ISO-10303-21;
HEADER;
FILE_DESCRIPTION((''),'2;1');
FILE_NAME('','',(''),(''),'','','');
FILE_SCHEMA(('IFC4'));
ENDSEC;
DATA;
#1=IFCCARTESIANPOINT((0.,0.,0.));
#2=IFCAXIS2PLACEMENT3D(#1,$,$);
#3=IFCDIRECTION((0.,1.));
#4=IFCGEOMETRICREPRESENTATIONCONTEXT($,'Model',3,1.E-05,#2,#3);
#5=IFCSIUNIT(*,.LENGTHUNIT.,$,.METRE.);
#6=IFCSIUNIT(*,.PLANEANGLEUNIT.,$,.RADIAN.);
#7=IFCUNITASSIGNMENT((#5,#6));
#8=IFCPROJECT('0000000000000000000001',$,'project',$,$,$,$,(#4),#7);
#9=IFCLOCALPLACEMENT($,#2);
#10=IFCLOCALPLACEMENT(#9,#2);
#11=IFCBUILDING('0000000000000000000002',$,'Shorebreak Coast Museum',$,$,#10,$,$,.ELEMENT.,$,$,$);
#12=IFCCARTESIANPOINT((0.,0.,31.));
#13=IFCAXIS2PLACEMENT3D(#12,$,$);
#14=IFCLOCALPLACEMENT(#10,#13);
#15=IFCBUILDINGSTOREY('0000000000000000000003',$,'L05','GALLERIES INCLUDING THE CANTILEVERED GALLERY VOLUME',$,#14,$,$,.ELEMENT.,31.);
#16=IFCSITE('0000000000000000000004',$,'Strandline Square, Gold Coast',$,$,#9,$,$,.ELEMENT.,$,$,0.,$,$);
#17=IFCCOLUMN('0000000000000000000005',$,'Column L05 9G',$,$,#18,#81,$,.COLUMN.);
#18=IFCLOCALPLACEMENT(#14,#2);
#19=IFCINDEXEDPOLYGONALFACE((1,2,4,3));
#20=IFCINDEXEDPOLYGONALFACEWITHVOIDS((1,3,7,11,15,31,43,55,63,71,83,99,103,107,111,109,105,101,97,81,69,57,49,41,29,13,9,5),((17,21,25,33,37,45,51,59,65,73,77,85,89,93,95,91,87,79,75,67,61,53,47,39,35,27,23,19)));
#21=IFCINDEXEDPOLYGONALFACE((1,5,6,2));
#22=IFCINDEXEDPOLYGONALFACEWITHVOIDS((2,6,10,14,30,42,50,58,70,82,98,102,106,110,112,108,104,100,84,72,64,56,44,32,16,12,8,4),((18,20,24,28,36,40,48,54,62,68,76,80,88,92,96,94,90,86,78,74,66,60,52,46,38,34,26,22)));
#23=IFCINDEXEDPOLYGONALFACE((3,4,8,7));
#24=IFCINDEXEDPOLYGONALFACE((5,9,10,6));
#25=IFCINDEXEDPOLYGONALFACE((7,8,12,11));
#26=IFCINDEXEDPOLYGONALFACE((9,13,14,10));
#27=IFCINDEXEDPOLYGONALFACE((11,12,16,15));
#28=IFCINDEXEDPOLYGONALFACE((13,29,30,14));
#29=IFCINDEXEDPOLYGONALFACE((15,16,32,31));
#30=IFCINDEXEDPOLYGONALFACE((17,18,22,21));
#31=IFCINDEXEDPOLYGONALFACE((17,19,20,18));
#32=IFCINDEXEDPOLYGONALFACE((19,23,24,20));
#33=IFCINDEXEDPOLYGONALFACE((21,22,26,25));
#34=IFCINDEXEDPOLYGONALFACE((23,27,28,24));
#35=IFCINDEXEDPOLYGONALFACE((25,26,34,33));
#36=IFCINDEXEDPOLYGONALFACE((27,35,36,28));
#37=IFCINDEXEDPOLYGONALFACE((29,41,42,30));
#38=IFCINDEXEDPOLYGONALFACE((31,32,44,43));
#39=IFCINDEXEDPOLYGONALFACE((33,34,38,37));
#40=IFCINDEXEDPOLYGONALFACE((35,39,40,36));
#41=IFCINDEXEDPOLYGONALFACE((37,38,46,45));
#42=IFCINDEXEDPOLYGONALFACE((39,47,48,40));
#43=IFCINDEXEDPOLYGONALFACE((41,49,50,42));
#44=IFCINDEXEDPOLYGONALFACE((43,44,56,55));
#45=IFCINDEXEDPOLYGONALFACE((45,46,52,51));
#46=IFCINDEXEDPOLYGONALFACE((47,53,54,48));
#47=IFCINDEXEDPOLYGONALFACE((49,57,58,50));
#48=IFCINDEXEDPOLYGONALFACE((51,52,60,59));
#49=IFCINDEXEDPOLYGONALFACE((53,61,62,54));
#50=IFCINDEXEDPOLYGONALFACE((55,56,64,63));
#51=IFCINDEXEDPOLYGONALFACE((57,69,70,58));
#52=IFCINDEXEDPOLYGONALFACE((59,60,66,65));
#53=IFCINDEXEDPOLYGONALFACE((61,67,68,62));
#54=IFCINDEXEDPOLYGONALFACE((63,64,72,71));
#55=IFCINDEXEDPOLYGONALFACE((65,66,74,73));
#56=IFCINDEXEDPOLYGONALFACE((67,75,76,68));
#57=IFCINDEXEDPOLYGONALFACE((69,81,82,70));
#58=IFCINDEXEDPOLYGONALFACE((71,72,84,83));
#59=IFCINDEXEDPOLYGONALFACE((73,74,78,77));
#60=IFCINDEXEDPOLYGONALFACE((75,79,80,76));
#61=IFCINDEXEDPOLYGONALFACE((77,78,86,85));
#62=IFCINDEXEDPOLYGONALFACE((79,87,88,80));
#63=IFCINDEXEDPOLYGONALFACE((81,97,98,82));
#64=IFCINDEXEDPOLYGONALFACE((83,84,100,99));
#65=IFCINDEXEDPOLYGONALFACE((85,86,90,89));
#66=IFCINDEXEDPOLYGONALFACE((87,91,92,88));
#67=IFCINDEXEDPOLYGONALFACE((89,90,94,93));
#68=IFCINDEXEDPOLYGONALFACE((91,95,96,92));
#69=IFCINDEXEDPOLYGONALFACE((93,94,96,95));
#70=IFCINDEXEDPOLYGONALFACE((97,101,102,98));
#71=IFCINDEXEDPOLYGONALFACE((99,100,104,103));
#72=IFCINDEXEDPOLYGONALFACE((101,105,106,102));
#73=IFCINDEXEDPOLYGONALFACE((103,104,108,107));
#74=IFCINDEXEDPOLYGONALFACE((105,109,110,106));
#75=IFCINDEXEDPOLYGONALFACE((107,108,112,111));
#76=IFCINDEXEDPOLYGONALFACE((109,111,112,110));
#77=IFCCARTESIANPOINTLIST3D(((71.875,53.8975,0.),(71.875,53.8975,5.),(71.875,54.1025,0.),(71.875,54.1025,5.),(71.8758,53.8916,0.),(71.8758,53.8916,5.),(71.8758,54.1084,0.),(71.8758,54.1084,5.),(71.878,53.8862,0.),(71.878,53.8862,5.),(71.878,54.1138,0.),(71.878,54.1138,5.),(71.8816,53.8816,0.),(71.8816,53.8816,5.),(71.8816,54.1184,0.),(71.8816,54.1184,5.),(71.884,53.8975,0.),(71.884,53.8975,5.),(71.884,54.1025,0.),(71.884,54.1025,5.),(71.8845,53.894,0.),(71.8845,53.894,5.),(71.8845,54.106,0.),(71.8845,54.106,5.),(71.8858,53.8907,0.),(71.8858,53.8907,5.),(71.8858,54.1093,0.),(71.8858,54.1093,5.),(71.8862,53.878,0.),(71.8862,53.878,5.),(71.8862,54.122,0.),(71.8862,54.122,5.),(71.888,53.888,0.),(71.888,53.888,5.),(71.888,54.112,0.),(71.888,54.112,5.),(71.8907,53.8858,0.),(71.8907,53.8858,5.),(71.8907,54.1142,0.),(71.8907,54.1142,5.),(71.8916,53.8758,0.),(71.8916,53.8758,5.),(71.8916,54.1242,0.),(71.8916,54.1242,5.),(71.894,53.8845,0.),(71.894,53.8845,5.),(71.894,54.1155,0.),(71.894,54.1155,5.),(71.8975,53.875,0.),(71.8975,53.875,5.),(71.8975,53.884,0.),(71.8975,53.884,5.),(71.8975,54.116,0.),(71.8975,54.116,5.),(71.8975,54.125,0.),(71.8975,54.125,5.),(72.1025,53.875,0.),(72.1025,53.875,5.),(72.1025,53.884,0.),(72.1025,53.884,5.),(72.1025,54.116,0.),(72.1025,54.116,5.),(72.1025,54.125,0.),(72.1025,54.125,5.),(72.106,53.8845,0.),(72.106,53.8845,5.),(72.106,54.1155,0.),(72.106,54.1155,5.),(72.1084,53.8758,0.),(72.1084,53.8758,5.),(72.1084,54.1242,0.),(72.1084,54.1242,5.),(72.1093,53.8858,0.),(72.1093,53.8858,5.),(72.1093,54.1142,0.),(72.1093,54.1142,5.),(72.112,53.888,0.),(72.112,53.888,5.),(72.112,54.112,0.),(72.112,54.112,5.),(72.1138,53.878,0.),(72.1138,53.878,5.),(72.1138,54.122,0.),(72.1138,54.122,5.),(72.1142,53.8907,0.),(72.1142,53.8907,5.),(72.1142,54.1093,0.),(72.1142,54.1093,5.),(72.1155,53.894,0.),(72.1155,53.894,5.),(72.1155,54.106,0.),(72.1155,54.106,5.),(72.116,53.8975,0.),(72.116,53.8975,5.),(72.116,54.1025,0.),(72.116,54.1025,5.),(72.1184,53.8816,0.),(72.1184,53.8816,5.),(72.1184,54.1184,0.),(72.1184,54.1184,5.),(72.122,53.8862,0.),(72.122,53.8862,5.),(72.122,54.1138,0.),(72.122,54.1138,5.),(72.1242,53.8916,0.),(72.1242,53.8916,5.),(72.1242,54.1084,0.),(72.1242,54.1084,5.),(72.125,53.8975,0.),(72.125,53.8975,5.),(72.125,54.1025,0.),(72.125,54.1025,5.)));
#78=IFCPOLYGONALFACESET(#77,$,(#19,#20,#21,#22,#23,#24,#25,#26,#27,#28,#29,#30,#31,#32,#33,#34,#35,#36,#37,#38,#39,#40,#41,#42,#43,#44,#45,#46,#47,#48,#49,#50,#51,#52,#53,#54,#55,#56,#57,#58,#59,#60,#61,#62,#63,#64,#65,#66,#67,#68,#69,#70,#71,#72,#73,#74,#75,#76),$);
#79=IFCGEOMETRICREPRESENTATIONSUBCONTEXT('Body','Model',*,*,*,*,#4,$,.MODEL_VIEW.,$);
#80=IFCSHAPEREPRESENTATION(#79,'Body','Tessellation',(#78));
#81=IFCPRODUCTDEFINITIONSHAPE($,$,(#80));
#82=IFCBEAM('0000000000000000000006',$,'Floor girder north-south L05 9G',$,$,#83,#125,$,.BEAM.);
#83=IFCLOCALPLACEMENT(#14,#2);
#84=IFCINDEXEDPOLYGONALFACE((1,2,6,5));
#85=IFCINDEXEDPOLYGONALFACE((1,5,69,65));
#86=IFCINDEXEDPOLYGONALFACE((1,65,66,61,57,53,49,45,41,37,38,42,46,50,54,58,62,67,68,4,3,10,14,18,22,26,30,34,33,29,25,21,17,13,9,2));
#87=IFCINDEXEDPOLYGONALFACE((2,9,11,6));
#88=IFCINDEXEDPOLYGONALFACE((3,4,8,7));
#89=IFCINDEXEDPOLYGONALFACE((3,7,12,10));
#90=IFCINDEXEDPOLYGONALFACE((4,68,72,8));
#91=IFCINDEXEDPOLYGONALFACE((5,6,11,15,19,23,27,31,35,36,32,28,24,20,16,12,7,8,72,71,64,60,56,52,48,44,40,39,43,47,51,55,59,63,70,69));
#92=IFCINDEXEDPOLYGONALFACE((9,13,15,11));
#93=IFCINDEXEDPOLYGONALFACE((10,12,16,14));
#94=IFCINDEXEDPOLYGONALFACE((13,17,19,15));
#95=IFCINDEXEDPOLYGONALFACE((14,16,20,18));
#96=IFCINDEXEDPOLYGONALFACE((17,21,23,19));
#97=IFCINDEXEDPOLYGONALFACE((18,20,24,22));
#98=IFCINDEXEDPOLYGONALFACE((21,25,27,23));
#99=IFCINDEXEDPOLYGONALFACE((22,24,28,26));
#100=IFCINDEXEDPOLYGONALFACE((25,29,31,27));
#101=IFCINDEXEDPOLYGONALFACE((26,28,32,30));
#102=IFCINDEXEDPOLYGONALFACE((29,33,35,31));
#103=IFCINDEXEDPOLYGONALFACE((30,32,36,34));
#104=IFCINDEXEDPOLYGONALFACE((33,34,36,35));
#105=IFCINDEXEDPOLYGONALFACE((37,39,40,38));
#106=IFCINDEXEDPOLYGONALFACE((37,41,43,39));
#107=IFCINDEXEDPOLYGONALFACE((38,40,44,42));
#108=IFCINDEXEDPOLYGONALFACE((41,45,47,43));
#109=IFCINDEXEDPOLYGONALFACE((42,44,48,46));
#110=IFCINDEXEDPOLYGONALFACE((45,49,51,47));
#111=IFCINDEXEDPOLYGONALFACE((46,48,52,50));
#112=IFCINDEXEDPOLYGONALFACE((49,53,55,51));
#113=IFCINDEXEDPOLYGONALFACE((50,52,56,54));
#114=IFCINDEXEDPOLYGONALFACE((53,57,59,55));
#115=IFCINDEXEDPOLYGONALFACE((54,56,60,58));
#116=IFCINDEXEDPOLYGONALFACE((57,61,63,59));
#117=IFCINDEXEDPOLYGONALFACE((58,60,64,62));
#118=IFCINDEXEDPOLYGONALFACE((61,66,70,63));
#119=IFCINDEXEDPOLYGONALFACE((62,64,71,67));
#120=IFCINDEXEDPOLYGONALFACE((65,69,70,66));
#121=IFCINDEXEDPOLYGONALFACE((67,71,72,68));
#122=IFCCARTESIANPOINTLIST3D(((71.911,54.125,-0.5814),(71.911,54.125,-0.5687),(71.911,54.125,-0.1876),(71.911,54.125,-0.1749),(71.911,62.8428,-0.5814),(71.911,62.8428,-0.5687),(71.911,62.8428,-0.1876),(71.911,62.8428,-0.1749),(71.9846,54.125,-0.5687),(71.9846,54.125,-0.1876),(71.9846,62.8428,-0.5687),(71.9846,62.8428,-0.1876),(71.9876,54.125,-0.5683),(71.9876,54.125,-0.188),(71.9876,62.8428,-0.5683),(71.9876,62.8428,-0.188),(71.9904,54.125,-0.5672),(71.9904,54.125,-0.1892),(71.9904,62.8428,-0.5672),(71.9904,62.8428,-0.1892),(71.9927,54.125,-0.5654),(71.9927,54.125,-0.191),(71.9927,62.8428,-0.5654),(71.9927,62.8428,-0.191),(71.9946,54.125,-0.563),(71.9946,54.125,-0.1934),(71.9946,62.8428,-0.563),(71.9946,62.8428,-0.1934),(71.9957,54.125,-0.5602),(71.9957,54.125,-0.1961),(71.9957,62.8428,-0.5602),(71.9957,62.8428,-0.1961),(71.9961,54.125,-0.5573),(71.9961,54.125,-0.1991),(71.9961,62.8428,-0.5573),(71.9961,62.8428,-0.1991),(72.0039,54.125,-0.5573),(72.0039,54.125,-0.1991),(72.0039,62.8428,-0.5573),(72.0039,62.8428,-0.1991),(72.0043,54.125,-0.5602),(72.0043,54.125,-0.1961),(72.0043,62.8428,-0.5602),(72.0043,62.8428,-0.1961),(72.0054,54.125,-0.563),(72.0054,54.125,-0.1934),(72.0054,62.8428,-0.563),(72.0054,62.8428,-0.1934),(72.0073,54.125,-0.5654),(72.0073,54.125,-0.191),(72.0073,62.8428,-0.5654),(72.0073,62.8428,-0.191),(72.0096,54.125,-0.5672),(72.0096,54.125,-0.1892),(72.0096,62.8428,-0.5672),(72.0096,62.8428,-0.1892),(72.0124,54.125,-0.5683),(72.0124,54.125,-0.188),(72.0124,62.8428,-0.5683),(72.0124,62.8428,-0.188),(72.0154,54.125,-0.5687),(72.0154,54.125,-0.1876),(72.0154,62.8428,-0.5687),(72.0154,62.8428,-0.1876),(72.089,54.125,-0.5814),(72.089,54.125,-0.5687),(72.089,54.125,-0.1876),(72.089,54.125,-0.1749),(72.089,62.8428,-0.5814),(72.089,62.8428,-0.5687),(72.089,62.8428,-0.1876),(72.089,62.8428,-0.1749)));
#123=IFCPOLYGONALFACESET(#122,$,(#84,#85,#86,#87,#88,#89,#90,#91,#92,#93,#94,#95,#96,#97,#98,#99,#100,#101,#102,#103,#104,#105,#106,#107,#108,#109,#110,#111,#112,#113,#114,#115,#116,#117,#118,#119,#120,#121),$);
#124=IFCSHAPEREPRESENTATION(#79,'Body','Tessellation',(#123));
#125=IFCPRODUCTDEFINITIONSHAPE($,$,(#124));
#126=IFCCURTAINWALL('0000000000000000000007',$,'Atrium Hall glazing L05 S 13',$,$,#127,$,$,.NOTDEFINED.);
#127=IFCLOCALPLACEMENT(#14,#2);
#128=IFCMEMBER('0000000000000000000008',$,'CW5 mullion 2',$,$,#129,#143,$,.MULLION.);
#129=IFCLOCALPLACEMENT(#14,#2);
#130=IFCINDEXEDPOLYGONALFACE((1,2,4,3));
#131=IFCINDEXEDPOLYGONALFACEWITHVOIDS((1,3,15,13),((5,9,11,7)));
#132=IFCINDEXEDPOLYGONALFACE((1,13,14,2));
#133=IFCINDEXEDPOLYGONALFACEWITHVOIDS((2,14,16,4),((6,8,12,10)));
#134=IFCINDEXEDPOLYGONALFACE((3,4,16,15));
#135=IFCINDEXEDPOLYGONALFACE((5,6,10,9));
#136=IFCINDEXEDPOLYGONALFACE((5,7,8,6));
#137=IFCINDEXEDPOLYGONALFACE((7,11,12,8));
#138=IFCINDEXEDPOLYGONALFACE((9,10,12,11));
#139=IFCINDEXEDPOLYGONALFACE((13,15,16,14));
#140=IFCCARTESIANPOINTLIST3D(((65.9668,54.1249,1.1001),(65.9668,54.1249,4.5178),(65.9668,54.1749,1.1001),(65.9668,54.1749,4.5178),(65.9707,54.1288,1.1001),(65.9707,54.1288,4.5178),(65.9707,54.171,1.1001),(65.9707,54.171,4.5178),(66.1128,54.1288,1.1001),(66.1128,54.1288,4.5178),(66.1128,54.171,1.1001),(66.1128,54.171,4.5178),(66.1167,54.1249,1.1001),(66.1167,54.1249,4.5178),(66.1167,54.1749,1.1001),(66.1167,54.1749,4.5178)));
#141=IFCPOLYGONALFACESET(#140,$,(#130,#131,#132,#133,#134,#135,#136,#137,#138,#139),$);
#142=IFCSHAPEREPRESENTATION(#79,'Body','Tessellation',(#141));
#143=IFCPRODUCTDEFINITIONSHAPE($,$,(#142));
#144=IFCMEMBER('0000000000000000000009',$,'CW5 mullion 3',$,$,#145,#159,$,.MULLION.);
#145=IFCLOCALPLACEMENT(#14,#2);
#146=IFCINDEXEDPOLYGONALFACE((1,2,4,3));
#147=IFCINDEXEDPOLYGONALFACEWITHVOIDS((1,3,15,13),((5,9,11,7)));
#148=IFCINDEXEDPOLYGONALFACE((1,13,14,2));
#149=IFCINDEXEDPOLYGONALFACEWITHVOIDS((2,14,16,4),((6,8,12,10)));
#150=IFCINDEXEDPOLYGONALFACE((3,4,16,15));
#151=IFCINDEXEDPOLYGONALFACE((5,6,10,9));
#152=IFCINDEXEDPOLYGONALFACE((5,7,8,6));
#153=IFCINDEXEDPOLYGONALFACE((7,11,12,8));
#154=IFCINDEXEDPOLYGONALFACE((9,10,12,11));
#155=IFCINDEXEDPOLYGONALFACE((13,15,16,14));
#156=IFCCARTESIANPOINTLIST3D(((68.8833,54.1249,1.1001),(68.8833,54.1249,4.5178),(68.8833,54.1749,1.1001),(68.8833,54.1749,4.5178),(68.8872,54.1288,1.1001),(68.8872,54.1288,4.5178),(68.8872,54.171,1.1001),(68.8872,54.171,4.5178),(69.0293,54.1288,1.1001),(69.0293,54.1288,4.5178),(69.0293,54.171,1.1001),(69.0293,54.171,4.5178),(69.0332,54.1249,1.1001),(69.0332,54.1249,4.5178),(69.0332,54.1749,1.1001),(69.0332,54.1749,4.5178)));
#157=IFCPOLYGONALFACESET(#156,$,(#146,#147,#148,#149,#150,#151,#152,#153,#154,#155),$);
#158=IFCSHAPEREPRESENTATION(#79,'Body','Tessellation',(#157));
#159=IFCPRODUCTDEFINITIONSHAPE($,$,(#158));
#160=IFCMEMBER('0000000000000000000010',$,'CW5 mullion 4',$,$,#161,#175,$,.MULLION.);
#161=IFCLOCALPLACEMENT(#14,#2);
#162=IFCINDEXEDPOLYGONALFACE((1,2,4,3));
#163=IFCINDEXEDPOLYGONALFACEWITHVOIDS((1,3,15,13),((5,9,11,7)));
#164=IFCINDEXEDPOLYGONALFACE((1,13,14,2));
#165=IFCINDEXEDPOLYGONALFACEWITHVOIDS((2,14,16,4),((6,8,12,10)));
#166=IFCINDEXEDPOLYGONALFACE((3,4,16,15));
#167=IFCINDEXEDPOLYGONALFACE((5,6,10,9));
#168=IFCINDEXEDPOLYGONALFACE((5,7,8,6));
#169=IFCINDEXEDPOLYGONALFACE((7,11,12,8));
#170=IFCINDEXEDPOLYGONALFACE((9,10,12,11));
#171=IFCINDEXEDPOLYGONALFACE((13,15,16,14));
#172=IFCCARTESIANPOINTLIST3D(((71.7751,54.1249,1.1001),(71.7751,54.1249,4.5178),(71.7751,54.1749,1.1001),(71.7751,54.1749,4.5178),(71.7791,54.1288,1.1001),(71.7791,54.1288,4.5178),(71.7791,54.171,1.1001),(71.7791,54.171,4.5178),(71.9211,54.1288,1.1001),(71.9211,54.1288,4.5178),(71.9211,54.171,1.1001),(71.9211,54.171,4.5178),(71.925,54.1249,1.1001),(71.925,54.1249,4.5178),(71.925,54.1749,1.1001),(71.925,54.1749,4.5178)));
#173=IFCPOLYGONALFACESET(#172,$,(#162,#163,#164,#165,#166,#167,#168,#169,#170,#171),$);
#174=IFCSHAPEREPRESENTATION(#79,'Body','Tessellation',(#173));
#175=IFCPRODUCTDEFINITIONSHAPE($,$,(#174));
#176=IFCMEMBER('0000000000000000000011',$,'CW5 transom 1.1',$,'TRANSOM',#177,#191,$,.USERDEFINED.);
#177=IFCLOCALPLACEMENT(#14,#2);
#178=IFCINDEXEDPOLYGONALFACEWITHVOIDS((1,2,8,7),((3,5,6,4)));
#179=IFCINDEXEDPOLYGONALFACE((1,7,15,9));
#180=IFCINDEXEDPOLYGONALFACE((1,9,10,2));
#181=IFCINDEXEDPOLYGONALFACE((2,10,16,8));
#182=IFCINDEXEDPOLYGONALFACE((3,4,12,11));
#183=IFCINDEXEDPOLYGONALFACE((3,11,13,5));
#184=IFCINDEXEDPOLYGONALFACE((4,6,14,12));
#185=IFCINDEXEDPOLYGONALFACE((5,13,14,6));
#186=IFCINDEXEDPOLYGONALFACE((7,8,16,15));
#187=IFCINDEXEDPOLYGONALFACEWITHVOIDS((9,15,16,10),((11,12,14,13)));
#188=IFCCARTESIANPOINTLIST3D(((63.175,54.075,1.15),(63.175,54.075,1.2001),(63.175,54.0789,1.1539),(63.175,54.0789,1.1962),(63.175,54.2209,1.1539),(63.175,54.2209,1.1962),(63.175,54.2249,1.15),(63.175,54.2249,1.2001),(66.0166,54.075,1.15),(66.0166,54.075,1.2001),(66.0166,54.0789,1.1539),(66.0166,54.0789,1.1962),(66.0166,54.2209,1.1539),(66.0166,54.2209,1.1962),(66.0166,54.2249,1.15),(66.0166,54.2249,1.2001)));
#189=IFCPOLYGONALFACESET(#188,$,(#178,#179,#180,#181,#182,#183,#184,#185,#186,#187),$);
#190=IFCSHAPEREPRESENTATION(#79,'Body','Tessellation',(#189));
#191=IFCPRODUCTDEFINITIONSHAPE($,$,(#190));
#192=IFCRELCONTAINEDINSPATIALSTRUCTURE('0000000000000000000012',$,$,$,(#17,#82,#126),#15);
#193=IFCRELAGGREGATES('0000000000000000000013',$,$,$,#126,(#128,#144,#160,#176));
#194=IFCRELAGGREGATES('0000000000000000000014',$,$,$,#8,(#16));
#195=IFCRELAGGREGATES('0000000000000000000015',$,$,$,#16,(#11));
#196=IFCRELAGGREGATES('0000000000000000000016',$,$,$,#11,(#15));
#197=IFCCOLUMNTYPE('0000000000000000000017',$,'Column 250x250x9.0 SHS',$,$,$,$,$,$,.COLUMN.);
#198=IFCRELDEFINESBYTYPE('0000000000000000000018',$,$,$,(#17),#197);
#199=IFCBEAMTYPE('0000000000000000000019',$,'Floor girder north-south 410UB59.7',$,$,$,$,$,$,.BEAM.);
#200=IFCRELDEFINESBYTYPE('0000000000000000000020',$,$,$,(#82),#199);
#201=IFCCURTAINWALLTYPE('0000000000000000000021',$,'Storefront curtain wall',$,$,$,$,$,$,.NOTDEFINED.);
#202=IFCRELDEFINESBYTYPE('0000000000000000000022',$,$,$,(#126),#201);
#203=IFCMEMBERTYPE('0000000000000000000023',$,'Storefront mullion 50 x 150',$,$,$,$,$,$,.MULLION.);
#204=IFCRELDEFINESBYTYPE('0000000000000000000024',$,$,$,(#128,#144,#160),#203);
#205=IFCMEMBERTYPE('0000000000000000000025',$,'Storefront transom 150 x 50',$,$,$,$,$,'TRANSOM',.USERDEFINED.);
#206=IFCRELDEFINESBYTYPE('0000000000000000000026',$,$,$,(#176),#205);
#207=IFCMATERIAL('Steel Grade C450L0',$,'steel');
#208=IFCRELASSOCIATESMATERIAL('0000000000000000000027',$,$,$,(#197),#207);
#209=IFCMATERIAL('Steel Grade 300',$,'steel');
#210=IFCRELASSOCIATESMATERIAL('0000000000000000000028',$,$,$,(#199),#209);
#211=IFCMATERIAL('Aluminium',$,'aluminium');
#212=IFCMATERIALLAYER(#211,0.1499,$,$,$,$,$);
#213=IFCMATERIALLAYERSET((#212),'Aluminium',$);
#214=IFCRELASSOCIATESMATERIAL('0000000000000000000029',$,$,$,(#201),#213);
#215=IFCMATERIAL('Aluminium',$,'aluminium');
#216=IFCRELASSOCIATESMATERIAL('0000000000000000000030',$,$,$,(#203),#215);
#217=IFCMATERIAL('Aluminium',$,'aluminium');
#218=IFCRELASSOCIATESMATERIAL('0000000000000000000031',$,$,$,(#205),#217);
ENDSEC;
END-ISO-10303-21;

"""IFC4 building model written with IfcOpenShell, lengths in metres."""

from ifc_helpers import new_model, si_unit, direction, frame, origin, origin_2d, place, context, subcontext, project, spatial, hollow_rectangle, i_section, extrude, material, layer, layer_set, material_profile, profile_set, type_object, element, aggregate, save


model = new_model("IFC4")

# Units and contexts
model_context = context("Model", 3, precision=1e-05, world=origin(), true_north=direction((0.0, 1.0)))
body_context = subcontext(model_context, "Body", "Model", "MODEL_VIEW")
ifc_project = project(units=[si_unit("LENGTHUNIT", "METRE"), si_unit("PLANEANGLEUNIT", "RADIAN")], contexts=[model_context])

# Site, building, storey
site_placement = place(None, origin())
site = spatial("IfcSite", under=ifc_project, at=site_placement, Name="Strandline Square, Gold Coast", CompositionType="ELEMENT", RefElevation=0.0)
building_placement = place(site_placement, origin())
building = spatial("IfcBuilding", under=site, at=building_placement, Name="Shorebreak Coast Museum", CompositionType="ELEMENT")
storey_placement = place(building_placement, frame((0.0, 0.0, 31.0)))
storey = spatial("IfcBuildingStorey", under=building, at=storey_placement, Name="L05", Description="GALLERIES INCLUDING THE CANTILEVERED GALLERY VOLUME", CompositionType="ELEMENT", Elevation=31.0)

# Column
ifc_material_1 = material(Name="Steel Grade C450L0", Category="steel")
ifc_material_profile_1 = material_profile(ifc_material_1, hollow_rectangle(XDim=0.25, YDim=0.25, WallThickness=0.009, InnerFilletRadius=0.0134, OuterFilletRadius=0.0225, at=origin_2d()), Name="250x250x9.0 SHS")
ifc_profile_set_1 = profile_set([ifc_material_profile_1], Name="Steel Grade C450L0")
column_type = type_object("IfcColumnType", Name="Column 250x250x9.0 SHS", PredefinedType="COLUMN", material=ifc_profile_set_1)
column_placement = place(storey_placement, frame((72.0, 54.0, 0.0), z_axis=(0.0, 0.0, 1.0), x_axis=(1.0, 0.0, 0.0)))
element("IfcColumn", 1, at=column_placement, inside=storey, type_object=column_type, Name="Column L05 9G", PredefinedType="COLUMN", context=body_context, shape_type="SweptSolid", body=[
    extrude(hollow_rectangle(XDim=0.25, YDim=0.25, WallThickness=0.009, InnerFilletRadius=0.0134, OuterFilletRadius=0.0225, at=origin_2d()), origin(), (0.0, 0.0, 1.0), 5.0),
])

# Beam
ifc_material_2 = material(Name="Steel Grade 300", Category="steel")
ifc_material_profile_2 = material_profile(ifc_material_2, i_section(OverallWidth=0.178, OverallDepth=0.4065, WebThickness=0.0078, FlangeThickness=0.0127, FilletRadius=0.0115, at=origin_2d()), Name="410UB59.7")
ifc_profile_set_2 = profile_set([ifc_material_profile_2], Name="Steel Grade 300")
beam_type = type_object("IfcBeamType", Name="Floor girder north-south 410UB59.7", PredefinedType="BEAM", material=ifc_profile_set_2)
beam_placement = place(storey_placement, frame((72.0, 54.125, -0.3782), z_axis=(0.0, 1.0, 0.0), x_axis=(-1.0, 0.0, 0.0)))
element("IfcBeam", 2, at=beam_placement, inside=storey, type_object=beam_type, Name="Floor girder north-south L05 9G", PredefinedType="BEAM", context=body_context, shape_type="SweptSolid", body=[
    extrude(i_section(OverallWidth=0.178, OverallDepth=0.4065, WebThickness=0.0078, FlangeThickness=0.0127, FilletRadius=0.0115, at=origin_2d()), origin(), (0.0, 0.0, 1.0), 8.7178),
])

# Curtain wall, members
ifc_material_3 = material(Name="Aluminium", Category="aluminium")
ifc_layer_1 = layer(ifc_material_3, 0.1499)
ifc_layer_set_1 = layer_set([ifc_layer_1], Name="Aluminium")
curtain_wall_type = type_object("IfcCurtainWallType", Name="Storefront curtain wall", PredefinedType="NOTDEFINED", material=ifc_layer_set_1)
curtain_wall_placement = place(storey_placement, origin())
curtain_wall = element("IfcCurtainWall", 3, at=curtain_wall_placement, inside=storey, type_object=curtain_wall_type, Name="Atrium Hall glazing L05 S 13", PredefinedType="NOTDEFINED")
ifc_material_4 = material(Name="Aluminium", Category="aluminium")
ifc_material_profile_3 = material_profile(ifc_material_4, hollow_rectangle(XDim=0.05, YDim=0.1499, WallThickness=0.0039, at=origin_2d()), Name="AL 150x50 RHS")
ifc_profile_set_3 = profile_set([ifc_material_profile_3], Name="Aluminium")
member_type_1 = type_object("IfcMemberType", Name="Storefront mullion 50 x 150", PredefinedType="MULLION", material=ifc_profile_set_3)
member_1_placement = place(storey_placement, frame((66.0417, 54.1499, 1.1001), z_axis=(0.0, 0.0, 1.0), x_axis=(0.0, 1.0, 0.0)))
member_1 = element("IfcMember", 4, at=member_1_placement, type_object=member_type_1, Name="CW5 mullion 2", PredefinedType="MULLION", context=body_context, shape_type="SweptSolid", body=[
    extrude(hollow_rectangle(XDim=0.05, YDim=0.1499, WallThickness=0.0039, at=origin_2d()), origin(), (0.0, 0.0, 1.0), 3.4177),
])
member_2_placement = place(storey_placement, frame((68.9583, 54.1499, 1.1001), z_axis=(0.0, 0.0, 1.0), x_axis=(0.0, 1.0, 0.0)))
member_2 = element("IfcMember", 5, at=member_2_placement, type_object=member_type_1, Name="CW5 mullion 3", PredefinedType="MULLION", context=body_context, shape_type="SweptSolid", body=[
    extrude(hollow_rectangle(XDim=0.05, YDim=0.1499, WallThickness=0.0039, at=origin_2d()), origin(), (0.0, 0.0, 1.0), 3.4177),
])
member_3_placement = place(storey_placement, frame((71.8501, 54.1499, 1.1001), z_axis=(0.0, 0.0, 1.0), x_axis=(0.0, 1.0, 0.0)))
member_3 = element("IfcMember", 6, at=member_3_placement, type_object=member_type_1, Name="CW5 mullion 4", PredefinedType="MULLION", context=body_context, shape_type="SweptSolid", body=[
    extrude(hollow_rectangle(XDim=0.05, YDim=0.1499, WallThickness=0.0039, at=origin_2d()), origin(), (0.0, 0.0, 1.0), 3.4177),
])
ifc_material_5 = material(Name="Aluminium", Category="aluminium")
ifc_material_profile_4 = material_profile(ifc_material_5, hollow_rectangle(XDim=0.1499, YDim=0.05, WallThickness=0.0039, at=origin_2d()), Name="AL 50x150 RHS")
ifc_profile_set_4 = profile_set([ifc_material_profile_4], Name="Aluminium")
member_type_2 = type_object("IfcMemberType", Name="Storefront transom 150 x 50", ElementType="TRANSOM", PredefinedType="USERDEFINED", material=ifc_profile_set_4)
member_4_placement = place(storey_placement, frame((63.175, 54.1499, 1.175), z_axis=(1.0, 0.0, 0.0), x_axis=(0.0, 1.0, 0.0)))
member_4 = element("IfcMember", 7, at=member_4_placement, type_object=member_type_2, Name="CW5 transom 1.1", ObjectType="TRANSOM", PredefinedType="USERDEFINED", context=body_context, shape_type="SweptSolid", body=[
    extrude(hollow_rectangle(XDim=0.1499, YDim=0.05, WallThickness=0.0039, at=origin_2d()), origin(), (0.0, 0.0, 1.0), 2.8416),
])
aggregate(curtain_wall, [member_1, member_2, member_3, member_4])

save(model, "model.ifc")
